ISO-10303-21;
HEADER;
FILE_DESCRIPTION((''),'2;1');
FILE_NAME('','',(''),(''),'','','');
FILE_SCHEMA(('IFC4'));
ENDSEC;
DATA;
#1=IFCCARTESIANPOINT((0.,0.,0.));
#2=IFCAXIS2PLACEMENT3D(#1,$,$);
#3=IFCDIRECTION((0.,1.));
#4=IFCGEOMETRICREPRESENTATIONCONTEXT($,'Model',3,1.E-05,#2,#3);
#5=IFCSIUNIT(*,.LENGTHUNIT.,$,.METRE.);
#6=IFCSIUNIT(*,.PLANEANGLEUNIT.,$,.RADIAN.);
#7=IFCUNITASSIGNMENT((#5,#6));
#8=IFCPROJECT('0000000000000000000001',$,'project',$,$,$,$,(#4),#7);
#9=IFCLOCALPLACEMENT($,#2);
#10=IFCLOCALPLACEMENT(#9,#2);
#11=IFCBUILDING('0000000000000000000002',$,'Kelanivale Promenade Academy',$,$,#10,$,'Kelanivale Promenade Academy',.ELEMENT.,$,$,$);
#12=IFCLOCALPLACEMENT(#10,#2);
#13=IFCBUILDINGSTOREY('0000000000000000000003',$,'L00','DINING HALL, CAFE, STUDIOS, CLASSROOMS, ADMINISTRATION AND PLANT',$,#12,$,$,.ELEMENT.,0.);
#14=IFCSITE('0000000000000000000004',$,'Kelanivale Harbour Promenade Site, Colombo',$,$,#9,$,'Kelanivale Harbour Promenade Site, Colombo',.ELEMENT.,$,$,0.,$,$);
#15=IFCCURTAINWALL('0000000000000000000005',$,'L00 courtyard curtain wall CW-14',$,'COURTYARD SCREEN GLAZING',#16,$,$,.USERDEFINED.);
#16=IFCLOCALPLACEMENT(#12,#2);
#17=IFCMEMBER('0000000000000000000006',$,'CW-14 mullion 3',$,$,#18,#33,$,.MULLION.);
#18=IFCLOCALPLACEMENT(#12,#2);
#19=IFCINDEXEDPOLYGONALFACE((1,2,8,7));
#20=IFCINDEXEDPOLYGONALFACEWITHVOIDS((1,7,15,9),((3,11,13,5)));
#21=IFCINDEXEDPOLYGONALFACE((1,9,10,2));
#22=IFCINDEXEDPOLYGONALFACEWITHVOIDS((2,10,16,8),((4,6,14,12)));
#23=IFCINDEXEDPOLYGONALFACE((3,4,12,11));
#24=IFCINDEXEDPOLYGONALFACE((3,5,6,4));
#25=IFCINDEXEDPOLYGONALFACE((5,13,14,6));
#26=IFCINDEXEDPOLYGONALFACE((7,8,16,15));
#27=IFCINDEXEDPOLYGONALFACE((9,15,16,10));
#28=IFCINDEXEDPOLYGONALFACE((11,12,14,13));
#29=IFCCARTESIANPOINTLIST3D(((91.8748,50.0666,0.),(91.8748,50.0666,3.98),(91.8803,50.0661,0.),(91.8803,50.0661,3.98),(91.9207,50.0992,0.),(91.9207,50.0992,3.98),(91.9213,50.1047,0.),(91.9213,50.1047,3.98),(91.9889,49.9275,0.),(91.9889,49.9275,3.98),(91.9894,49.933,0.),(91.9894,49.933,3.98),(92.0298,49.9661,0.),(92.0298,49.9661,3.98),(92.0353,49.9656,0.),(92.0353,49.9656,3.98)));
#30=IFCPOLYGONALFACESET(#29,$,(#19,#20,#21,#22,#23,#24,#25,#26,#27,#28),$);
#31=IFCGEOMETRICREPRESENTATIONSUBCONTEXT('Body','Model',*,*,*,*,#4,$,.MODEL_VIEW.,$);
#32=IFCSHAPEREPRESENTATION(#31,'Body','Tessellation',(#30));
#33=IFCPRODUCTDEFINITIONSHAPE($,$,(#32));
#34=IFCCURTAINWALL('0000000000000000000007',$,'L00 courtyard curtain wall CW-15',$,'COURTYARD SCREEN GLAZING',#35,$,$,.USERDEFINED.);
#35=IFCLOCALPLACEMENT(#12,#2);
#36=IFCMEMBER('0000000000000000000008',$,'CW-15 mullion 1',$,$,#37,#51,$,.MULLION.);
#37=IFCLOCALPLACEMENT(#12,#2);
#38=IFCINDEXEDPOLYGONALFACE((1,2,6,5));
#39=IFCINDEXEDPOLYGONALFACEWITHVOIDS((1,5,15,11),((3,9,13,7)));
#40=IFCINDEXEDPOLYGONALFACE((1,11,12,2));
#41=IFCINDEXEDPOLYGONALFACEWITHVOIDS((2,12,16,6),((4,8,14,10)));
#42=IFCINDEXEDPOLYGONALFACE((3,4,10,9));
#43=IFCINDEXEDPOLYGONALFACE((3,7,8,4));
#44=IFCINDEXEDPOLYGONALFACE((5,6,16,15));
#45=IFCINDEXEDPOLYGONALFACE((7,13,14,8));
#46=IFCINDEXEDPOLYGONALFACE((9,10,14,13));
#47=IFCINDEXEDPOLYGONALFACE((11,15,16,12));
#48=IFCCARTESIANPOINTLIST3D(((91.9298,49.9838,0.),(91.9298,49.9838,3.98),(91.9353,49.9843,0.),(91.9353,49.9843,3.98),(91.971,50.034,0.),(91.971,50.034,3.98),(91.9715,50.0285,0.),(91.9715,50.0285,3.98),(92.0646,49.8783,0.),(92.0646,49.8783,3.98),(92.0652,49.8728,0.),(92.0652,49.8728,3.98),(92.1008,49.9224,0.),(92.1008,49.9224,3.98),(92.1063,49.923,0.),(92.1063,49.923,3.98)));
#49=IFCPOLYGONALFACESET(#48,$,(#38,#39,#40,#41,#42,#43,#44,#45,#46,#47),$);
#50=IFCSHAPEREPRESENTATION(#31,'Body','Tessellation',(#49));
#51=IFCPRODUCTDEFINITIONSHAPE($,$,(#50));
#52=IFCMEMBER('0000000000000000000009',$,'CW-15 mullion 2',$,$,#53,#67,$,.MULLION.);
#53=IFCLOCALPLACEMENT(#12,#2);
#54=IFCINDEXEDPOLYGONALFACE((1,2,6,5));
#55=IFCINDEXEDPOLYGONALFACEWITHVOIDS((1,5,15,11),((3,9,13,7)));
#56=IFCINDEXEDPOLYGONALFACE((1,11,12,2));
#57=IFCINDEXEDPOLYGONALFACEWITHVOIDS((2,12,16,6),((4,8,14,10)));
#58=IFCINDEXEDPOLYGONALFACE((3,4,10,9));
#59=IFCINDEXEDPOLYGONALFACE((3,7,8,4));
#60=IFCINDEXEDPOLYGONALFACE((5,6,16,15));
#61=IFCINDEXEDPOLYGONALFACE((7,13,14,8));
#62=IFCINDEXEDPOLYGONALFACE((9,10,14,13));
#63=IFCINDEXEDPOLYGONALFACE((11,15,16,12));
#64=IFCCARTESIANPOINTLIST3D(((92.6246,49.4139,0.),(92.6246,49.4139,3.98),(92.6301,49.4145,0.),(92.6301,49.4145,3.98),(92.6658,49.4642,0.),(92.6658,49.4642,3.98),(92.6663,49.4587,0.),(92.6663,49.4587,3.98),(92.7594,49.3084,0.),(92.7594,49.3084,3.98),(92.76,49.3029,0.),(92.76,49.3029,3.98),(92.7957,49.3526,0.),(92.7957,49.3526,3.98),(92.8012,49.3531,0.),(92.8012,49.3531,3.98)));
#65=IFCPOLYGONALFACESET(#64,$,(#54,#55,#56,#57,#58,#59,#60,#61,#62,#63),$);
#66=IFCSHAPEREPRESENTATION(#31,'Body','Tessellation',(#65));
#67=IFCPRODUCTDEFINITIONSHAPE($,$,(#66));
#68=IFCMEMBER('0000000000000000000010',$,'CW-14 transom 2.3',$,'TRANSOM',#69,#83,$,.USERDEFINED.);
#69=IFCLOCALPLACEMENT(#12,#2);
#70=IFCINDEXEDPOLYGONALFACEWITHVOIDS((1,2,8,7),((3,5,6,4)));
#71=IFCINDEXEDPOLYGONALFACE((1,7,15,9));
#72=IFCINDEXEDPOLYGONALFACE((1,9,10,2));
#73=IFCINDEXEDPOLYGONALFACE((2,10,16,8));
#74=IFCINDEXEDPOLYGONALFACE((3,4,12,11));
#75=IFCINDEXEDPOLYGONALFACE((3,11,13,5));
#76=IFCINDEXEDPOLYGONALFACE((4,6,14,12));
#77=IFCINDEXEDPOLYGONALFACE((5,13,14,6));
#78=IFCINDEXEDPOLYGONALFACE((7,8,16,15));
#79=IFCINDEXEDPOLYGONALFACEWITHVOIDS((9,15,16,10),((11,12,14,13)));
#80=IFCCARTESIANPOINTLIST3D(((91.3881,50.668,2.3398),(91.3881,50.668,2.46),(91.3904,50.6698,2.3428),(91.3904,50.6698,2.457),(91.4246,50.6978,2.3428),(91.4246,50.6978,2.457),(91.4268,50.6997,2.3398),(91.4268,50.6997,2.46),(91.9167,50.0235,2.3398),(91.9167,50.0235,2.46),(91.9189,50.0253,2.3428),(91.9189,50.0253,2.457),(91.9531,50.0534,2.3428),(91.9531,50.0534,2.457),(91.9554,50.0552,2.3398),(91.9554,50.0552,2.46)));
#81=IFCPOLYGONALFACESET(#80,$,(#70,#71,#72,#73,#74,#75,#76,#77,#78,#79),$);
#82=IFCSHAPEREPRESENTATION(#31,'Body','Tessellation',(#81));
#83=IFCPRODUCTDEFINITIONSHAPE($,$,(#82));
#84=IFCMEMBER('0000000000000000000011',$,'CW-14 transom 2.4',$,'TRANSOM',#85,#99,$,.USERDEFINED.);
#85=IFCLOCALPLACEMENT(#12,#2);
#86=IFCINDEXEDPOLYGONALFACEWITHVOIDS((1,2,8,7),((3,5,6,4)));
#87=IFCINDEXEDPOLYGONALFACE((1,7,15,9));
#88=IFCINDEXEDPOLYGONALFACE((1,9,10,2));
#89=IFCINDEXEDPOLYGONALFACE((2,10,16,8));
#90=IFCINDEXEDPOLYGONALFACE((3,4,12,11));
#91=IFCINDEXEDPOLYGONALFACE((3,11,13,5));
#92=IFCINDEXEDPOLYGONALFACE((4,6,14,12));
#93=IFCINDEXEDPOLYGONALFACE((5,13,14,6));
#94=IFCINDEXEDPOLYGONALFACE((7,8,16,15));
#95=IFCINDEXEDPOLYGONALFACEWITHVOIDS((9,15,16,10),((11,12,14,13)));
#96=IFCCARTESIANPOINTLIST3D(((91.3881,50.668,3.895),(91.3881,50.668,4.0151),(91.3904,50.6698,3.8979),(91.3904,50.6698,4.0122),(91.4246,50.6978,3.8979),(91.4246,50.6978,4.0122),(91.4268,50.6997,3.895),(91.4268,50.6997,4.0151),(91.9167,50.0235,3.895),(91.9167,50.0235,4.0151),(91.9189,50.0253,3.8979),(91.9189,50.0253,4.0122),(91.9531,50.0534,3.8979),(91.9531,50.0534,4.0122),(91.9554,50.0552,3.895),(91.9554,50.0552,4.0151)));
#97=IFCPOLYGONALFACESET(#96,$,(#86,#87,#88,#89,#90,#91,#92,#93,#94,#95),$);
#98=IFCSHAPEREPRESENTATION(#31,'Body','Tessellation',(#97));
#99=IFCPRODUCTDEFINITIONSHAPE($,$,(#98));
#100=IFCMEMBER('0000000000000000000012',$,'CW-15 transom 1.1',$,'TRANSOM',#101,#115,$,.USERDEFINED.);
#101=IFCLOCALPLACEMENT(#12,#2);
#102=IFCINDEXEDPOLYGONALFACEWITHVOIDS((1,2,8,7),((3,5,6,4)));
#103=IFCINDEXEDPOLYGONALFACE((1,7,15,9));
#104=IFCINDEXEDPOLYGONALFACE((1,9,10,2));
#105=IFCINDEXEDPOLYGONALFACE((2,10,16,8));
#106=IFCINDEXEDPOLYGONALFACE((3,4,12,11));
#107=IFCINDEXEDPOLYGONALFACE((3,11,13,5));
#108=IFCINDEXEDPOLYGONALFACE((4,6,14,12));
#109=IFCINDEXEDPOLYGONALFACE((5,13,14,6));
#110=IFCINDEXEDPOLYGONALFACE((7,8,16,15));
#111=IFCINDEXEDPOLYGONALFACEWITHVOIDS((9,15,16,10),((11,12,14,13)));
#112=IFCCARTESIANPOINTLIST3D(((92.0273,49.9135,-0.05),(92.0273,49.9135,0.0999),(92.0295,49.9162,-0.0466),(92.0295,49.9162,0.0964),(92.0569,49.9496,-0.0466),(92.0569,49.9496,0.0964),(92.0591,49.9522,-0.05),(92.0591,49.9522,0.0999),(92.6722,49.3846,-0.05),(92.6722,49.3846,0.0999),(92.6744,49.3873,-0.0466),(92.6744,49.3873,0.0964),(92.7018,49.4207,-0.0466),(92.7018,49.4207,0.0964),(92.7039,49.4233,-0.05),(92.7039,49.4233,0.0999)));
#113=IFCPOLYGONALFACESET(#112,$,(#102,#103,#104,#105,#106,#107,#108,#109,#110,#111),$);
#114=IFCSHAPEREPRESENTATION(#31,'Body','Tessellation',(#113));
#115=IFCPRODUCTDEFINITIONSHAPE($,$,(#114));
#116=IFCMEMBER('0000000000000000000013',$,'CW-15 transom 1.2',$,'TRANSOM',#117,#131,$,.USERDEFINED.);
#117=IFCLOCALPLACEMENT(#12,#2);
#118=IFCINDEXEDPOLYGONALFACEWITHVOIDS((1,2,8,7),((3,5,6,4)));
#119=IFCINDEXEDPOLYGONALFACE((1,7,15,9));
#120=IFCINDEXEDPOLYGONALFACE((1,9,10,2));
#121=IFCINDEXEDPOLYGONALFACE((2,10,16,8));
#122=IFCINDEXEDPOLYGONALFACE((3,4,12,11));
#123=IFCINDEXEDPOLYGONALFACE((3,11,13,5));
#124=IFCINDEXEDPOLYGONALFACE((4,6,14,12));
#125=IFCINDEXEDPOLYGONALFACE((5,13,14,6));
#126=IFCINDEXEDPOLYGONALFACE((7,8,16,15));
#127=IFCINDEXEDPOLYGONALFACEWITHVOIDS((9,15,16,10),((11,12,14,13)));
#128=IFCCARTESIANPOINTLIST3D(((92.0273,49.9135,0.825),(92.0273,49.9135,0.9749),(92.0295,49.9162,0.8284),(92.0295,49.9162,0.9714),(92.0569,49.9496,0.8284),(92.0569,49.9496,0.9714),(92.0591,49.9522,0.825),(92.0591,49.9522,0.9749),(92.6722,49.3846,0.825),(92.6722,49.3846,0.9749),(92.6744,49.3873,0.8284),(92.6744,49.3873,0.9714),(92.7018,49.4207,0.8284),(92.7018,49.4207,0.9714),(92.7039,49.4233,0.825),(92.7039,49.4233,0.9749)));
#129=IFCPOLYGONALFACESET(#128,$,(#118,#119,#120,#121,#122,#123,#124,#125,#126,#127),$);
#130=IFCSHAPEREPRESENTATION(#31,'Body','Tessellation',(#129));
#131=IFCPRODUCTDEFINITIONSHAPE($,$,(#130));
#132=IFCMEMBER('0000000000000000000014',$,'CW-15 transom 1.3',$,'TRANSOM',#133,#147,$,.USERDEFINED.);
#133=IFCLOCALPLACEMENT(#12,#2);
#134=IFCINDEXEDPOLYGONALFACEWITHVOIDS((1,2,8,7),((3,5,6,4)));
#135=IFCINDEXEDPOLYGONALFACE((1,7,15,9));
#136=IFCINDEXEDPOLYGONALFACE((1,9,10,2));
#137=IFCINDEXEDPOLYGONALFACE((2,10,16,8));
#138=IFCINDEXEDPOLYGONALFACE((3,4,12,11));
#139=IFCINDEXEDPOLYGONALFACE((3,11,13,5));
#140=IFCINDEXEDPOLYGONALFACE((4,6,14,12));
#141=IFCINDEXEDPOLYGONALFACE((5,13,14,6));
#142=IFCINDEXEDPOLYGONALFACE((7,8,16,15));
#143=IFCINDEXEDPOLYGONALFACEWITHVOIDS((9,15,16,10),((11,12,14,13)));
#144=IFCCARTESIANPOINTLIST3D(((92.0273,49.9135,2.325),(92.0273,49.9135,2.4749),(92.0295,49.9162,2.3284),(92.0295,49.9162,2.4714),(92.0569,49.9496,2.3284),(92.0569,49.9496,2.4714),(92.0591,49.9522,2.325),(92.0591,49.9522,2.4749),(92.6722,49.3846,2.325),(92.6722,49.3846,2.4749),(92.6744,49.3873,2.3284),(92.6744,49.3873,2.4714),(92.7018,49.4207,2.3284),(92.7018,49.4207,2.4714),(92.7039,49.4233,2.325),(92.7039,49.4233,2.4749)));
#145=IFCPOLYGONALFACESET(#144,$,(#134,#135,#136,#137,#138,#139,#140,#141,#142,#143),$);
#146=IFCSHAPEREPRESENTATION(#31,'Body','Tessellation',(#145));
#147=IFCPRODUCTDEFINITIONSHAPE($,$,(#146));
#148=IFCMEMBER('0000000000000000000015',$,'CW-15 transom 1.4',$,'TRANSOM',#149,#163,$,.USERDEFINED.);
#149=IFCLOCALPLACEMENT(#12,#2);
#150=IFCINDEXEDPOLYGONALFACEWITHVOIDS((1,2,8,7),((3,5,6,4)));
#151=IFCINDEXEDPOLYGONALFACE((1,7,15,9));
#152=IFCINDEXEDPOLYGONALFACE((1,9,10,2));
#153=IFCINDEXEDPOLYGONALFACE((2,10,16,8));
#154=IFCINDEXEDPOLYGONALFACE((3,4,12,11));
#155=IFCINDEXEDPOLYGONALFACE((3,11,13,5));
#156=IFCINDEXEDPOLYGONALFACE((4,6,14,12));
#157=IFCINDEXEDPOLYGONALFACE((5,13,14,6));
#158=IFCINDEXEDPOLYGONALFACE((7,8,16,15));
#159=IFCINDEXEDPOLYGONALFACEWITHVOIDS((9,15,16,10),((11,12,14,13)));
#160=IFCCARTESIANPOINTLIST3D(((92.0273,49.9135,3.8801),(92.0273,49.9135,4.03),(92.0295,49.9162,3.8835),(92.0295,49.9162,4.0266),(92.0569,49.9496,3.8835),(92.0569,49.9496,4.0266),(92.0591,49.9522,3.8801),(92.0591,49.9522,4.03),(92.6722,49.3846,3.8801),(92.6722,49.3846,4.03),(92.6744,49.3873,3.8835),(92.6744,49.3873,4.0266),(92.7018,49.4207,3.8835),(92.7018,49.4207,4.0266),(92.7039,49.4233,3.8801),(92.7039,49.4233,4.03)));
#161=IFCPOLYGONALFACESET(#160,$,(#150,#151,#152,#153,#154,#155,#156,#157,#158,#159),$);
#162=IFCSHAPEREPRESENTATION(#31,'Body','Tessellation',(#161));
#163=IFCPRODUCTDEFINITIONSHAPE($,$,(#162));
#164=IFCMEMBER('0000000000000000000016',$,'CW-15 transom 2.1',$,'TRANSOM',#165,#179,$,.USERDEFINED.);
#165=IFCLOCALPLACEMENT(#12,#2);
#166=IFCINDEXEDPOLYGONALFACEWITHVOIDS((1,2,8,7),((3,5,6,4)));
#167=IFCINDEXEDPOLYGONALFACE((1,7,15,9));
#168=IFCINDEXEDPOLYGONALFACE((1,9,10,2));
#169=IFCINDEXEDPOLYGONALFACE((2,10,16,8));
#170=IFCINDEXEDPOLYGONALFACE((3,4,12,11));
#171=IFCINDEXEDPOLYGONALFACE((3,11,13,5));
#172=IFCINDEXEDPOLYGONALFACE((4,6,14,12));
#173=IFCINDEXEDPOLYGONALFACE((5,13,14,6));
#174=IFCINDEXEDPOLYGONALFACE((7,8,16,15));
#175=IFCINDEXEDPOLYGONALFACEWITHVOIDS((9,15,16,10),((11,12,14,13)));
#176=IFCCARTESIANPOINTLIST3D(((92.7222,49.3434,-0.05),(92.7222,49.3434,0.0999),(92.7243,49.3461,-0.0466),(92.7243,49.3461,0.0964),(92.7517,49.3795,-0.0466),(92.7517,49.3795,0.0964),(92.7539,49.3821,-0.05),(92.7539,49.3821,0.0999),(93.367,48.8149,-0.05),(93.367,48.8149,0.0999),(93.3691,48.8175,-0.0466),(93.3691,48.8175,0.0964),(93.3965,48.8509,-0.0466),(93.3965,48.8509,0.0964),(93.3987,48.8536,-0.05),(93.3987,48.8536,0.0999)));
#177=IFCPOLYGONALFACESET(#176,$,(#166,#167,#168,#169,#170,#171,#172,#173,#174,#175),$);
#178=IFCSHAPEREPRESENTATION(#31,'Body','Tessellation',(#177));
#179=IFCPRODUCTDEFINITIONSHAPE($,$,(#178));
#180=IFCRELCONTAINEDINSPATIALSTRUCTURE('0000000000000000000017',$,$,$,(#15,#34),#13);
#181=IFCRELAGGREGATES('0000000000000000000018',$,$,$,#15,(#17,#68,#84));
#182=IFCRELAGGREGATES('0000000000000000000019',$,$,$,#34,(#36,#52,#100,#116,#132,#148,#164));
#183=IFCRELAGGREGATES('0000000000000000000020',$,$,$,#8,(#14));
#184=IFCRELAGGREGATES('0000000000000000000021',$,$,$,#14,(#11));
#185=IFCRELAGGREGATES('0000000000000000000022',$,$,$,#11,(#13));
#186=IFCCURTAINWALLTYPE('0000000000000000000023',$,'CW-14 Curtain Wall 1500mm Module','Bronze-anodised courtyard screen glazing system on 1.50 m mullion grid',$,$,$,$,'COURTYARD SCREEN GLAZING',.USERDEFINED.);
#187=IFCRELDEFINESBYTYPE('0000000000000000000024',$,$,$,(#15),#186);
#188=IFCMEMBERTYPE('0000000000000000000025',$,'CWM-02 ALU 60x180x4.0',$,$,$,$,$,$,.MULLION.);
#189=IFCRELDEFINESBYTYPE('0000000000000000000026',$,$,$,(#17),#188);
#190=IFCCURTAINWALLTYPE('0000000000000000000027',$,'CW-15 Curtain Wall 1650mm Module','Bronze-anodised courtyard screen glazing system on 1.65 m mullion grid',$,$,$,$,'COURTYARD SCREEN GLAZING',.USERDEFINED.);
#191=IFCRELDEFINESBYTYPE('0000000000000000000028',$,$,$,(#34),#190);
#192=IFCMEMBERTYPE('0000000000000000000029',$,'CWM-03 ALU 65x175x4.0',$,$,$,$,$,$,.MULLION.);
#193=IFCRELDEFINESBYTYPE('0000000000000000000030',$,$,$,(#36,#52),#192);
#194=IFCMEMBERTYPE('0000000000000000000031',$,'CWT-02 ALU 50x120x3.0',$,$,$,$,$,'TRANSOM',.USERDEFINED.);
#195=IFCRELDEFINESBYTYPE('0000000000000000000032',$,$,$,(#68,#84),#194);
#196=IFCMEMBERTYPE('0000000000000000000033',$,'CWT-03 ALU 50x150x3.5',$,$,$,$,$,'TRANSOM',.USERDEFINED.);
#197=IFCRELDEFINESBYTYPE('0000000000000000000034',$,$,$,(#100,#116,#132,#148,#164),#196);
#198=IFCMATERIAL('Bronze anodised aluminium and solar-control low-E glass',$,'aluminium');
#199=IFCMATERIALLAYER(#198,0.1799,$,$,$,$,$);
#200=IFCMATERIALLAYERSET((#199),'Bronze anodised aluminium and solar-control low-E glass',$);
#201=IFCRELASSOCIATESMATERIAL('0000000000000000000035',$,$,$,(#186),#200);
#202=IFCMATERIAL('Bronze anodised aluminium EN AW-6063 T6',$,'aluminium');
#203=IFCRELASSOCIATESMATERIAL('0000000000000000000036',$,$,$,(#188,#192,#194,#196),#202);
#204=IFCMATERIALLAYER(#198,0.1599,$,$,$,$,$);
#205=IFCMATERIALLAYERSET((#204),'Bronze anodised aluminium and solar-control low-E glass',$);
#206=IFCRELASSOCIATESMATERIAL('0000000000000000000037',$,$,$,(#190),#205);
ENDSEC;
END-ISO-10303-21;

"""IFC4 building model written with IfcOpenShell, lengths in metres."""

from ifc_helpers import new_model, si_unit, direction, frame, origin, origin_2d, place, context, subcontext, project, spatial, hollow_rectangle, extrude, material, layer, layer_set, material_profile, profile_set, type_object, element, aggregate, save


model = new_model("IFC4")

# Units and contexts
model_context = context("Model", 3, precision=1e-05, world=origin(), true_north=direction((0.0, 1.0)))
body_context = subcontext(model_context, "Body", "Model", "MODEL_VIEW")
ifc_project = project(units=[si_unit("LENGTHUNIT", "METRE"), si_unit("PLANEANGLEUNIT", "RADIAN")], contexts=[model_context])

# Site, building, storey
site_placement = place(None, origin())
site = spatial("IfcSite", under=ifc_project, at=site_placement, Name="Kelanivale Harbour Promenade Site, Colombo", LongName="Kelanivale Harbour Promenade Site, Colombo", CompositionType="ELEMENT", RefElevation=0.0)
building_placement = place(site_placement, origin())
building = spatial("IfcBuilding", under=site, at=building_placement, Name="Kelanivale Promenade Academy", LongName="Kelanivale Promenade Academy", CompositionType="ELEMENT")
storey_placement = place(building_placement, origin())
storey = spatial("IfcBuildingStorey", under=building, at=storey_placement, Name="L00", Description="DINING HALL, CAFE, STUDIOS, CLASSROOMS, ADMINISTRATION AND PLANT", CompositionType="ELEMENT", Elevation=0.0)

# Curtain wall, member
ifc_material_1 = material(Name="Bronze anodised aluminium and solar-control low-E glass", Category="aluminium")
ifc_layer_1 = layer(ifc_material_1, 0.1799)
ifc_layer_set_1 = layer_set([ifc_layer_1], Name="Bronze anodised aluminium and solar-control low-E glass")
curtain_wall_type_1 = type_object("IfcCurtainWallType", Name="CW-14 Curtain Wall 1500mm Module", Description="Bronze-anodised courtyard screen glazing system on 1.50 m mullion grid", ElementType="COURTYARD SCREEN GLAZING", PredefinedType="USERDEFINED", material=ifc_layer_set_1)
curtain_wall_1_placement = place(storey_placement, origin())
curtain_wall_1 = element("IfcCurtainWall", 1, at=curtain_wall_1_placement, inside=storey, type_object=curtain_wall_type_1, Name="L00 courtyard curtain wall CW-14", ObjectType="COURTYARD SCREEN GLAZING", PredefinedType="USERDEFINED")
ifc_material_2 = material(Name="Bronze anodised aluminium EN AW-6063 T6", Category="aluminium")
ifc_material_profile_1 = material_profile(ifc_material_2, hollow_rectangle(XDim=0.0601, YDim=0.1799, WallThickness=0.0039, at=origin_2d()), Name="ALU 60x180x4.0")
ifc_profile_set_1 = profile_set([ifc_material_profile_1], Name="Bronze anodised aluminium EN AW-6063 T6")
member_type_1 = type_object("IfcMemberType", Name="CWM-02 ALU 60x180x4.0", PredefinedType="MULLION", material=ifc_profile_set_1)
member_1_placement = place(storey_placement, frame((91.9551, 50.0161, 0.0), z_axis=(0.0, 0.0, 1.0), x_axis=(0.773257, 0.634093, 0.0)))
member_1 = element("IfcMember", 2, at=member_1_placement, type_object=member_type_1, Name="CW-14 mullion 3", PredefinedType="MULLION", context=body_context, shape_type="SweptSolid", body=[
    extrude(hollow_rectangle(XDim=0.0601, YDim=0.1799, WallThickness=0.0039, at=origin_2d()), origin(), (0.0, 0.0, 1.0), 3.98),
])

# Curtain wall, members
ifc_layer_2 = layer(ifc_material_1, 0.1599)
ifc_layer_set_2 = layer_set([ifc_layer_2], Name="Bronze anodised aluminium and solar-control low-E glass")
curtain_wall_type_2 = type_object("IfcCurtainWallType", Name="CW-15 Curtain Wall 1650mm Module", Description="Bronze-anodised courtyard screen glazing system on 1.65 m mullion grid", ElementType="COURTYARD SCREEN GLAZING", PredefinedType="USERDEFINED", material=ifc_layer_set_2)
curtain_wall_2_placement = place(storey_placement, origin())
curtain_wall_2 = element("IfcCurtainWall", 3, at=curtain_wall_2_placement, inside=storey, type_object=curtain_wall_type_2, Name="L00 courtyard curtain wall CW-15", ObjectType="COURTYARD SCREEN GLAZING", PredefinedType="USERDEFINED")
ifc_material_profile_2 = material_profile(ifc_material_2, hollow_rectangle(XDim=0.0649, YDim=0.175, WallThickness=0.0039, at=origin_2d()), Name="ALU 65x175x4.0")
ifc_profile_set_2 = profile_set([ifc_material_profile_2], Name="Bronze anodised aluminium EN AW-6063 T6")
member_type_2 = type_object("IfcMemberType", Name="CWM-03 ALU 65x175x4.0", PredefinedType="MULLION", material=ifc_profile_set_2)
member_2_placement = place(storey_placement, frame((92.0181, 49.9534, 0.0), z_axis=(0.0, 0.0, 1.0), x_axis=(0.634144, 0.773215, 0.0)))
member_2 = element("IfcMember", 4, at=member_2_placement, type_object=member_type_2, Name="CW-15 mullion 1", PredefinedType="MULLION", context=body_context, shape_type="SweptSolid", body=[
    extrude(hollow_rectangle(XDim=0.0649, YDim=0.175, WallThickness=0.0039, at=origin_2d()), origin(), (0.0, 0.0, 1.0), 3.98),
])
member_3_placement = place(storey_placement, frame((92.7129, 49.3835, 0.0), z_axis=(0.0, 0.0, 1.0), x_axis=(0.634144, 0.773215, 0.0)))
member_3 = element("IfcMember", 5, at=member_3_placement, type_object=member_type_2, Name="CW-15 mullion 2", PredefinedType="MULLION", context=body_context, shape_type="SweptSolid", body=[
    extrude(hollow_rectangle(XDim=0.0649, YDim=0.175, WallThickness=0.0039, at=origin_2d()), origin(), (0.0, 0.0, 1.0), 3.98),
])

# Members
ifc_material_profile_3 = material_profile(ifc_material_2, hollow_rectangle(XDim=0.05, YDim=0.1201, WallThickness=0.0029, at=origin_2d()), Name="ALU 50x120x3.0")
ifc_profile_set_3 = profile_set([ifc_material_profile_3], Name="Bronze anodised aluminium EN AW-6063 T6")
member_type_3 = type_object("IfcMemberType", Name="CWT-02 ALU 50x120x3.0", ElementType="TRANSOM", PredefinedType="USERDEFINED", material=ifc_profile_set_3)
member_4_placement = place(storey_placement, frame((91.4075, 50.6838, 2.3999), z_axis=(0.634115, -0.773239, 0.0), x_axis=(0.773239, 0.634115, 0.0)))
member_4 = element("IfcMember", 6, at=member_4_placement, type_object=member_type_3, Name="CW-14 transom 2.3", ObjectType="TRANSOM", PredefinedType="USERDEFINED", context=body_context, shape_type="SweptSolid", body=[
    extrude(hollow_rectangle(XDim=0.05, YDim=0.1201, WallThickness=0.0029, at=origin_2d()), origin(), (0.0, 0.0, 1.0), 0.8335),
])
member_5_placement = place(storey_placement, frame((91.4075, 50.6838, 3.9551), z_axis=(0.634115, -0.773239, 0.0), x_axis=(0.773239, 0.634115, 0.0)))
member_5 = element("IfcMember", 7, at=member_5_placement, type_object=member_type_3, Name="CW-14 transom 2.4", ObjectType="TRANSOM", PredefinedType="USERDEFINED", context=body_context, shape_type="SweptSolid", body=[
    extrude(hollow_rectangle(XDim=0.05, YDim=0.1201, WallThickness=0.0029, at=origin_2d()), origin(), (0.0, 0.0, 1.0), 0.8335),
])
ifc_material_profile_4 = material_profile(ifc_material_2, hollow_rectangle(XDim=0.05, YDim=0.1499, WallThickness=0.0034, at=origin_2d()), Name="ALU 50x150x3.5")
ifc_profile_set_4 = profile_set([ifc_material_profile_4], Name="Bronze anodised aluminium EN AW-6063 T6")
member_type_4 = type_object("IfcMemberType", Name="CWT-03 ALU 50x150x3.5", ElementType="TRANSOM", PredefinedType="USERDEFINED", material=ifc_profile_set_4)
member_6_placement = place(storey_placement, frame((92.0432, 49.9329, 0.0249), z_axis=(0.773213, -0.634146, 0.0), x_axis=(0.634146, 0.773213, 0.0)))
member_6 = element("IfcMember", 8, at=member_6_placement, type_object=member_type_4, Name="CW-15 transom 1.1", ObjectType="TRANSOM", PredefinedType="USERDEFINED", context=body_context, shape_type="SweptSolid", body=[
    extrude(hollow_rectangle(XDim=0.05, YDim=0.1499, WallThickness=0.0034, at=origin_2d()), origin(), (0.0, 0.0, 1.0), 0.834),
])
member_7_placement = place(storey_placement, frame((92.0432, 49.9329, 0.8999), z_axis=(0.773213, -0.634146, 0.0), x_axis=(0.634146, 0.773213, 0.0)))
member_7 = element("IfcMember", 9, at=member_7_placement, type_object=member_type_4, Name="CW-15 transom 1.2", ObjectType="TRANSOM", PredefinedType="USERDEFINED", context=body_context, shape_type="SweptSolid", body=[
    extrude(hollow_rectangle(XDim=0.05, YDim=0.1499, WallThickness=0.0034, at=origin_2d()), origin(), (0.0, 0.0, 1.0), 0.834),
])
member_8_placement = place(storey_placement, frame((92.0432, 49.9329, 2.3999), z_axis=(0.773213, -0.634146, 0.0), x_axis=(0.634146, 0.773213, 0.0)))
member_8 = element("IfcMember", 10, at=member_8_placement, type_object=member_type_4, Name="CW-15 transom 1.3", ObjectType="TRANSOM", PredefinedType="USERDEFINED", context=body_context, shape_type="SweptSolid", body=[
    extrude(hollow_rectangle(XDim=0.05, YDim=0.1499, WallThickness=0.0034, at=origin_2d()), origin(), (0.0, 0.0, 1.0), 0.834),
])
member_9_placement = place(storey_placement, frame((92.0432, 49.9329, 3.9551), z_axis=(0.773213, -0.634146, 0.0), x_axis=(0.634146, 0.773213, 0.0)))
member_9 = element("IfcMember", 11, at=member_9_placement, type_object=member_type_4, Name="CW-15 transom 1.4", ObjectType="TRANSOM", PredefinedType="USERDEFINED", context=body_context, shape_type="SweptSolid", body=[
    extrude(hollow_rectangle(XDim=0.05, YDim=0.1499, WallThickness=0.0034, at=origin_2d()), origin(), (0.0, 0.0, 1.0), 0.834),
])
member_10_placement = place(storey_placement, frame((92.738, 49.3628, 0.0249), z_axis=(0.773357, -0.633971, 0.0), x_axis=(0.633971, 0.773357, 0.0)))
member_10 = element("IfcMember", 12, at=member_10_placement, type_object=member_type_4, Name="CW-15 transom 2.1", ObjectType="TRANSOM", PredefinedType="USERDEFINED", context=body_context, shape_type="SweptSolid", body=[
    extrude(hollow_rectangle(XDim=0.05, YDim=0.1499, WallThickness=0.0034, at=origin_2d()), origin(), (0.0, 0.0, 1.0), 0.8337),
])

aggregate(curtain_wall_1, [member_1, member_4, member_5])
aggregate(curtain_wall_2, [member_2, member_3, member_6, member_7, member_8, member_9, member_10])

save(model, "model.ifc")
